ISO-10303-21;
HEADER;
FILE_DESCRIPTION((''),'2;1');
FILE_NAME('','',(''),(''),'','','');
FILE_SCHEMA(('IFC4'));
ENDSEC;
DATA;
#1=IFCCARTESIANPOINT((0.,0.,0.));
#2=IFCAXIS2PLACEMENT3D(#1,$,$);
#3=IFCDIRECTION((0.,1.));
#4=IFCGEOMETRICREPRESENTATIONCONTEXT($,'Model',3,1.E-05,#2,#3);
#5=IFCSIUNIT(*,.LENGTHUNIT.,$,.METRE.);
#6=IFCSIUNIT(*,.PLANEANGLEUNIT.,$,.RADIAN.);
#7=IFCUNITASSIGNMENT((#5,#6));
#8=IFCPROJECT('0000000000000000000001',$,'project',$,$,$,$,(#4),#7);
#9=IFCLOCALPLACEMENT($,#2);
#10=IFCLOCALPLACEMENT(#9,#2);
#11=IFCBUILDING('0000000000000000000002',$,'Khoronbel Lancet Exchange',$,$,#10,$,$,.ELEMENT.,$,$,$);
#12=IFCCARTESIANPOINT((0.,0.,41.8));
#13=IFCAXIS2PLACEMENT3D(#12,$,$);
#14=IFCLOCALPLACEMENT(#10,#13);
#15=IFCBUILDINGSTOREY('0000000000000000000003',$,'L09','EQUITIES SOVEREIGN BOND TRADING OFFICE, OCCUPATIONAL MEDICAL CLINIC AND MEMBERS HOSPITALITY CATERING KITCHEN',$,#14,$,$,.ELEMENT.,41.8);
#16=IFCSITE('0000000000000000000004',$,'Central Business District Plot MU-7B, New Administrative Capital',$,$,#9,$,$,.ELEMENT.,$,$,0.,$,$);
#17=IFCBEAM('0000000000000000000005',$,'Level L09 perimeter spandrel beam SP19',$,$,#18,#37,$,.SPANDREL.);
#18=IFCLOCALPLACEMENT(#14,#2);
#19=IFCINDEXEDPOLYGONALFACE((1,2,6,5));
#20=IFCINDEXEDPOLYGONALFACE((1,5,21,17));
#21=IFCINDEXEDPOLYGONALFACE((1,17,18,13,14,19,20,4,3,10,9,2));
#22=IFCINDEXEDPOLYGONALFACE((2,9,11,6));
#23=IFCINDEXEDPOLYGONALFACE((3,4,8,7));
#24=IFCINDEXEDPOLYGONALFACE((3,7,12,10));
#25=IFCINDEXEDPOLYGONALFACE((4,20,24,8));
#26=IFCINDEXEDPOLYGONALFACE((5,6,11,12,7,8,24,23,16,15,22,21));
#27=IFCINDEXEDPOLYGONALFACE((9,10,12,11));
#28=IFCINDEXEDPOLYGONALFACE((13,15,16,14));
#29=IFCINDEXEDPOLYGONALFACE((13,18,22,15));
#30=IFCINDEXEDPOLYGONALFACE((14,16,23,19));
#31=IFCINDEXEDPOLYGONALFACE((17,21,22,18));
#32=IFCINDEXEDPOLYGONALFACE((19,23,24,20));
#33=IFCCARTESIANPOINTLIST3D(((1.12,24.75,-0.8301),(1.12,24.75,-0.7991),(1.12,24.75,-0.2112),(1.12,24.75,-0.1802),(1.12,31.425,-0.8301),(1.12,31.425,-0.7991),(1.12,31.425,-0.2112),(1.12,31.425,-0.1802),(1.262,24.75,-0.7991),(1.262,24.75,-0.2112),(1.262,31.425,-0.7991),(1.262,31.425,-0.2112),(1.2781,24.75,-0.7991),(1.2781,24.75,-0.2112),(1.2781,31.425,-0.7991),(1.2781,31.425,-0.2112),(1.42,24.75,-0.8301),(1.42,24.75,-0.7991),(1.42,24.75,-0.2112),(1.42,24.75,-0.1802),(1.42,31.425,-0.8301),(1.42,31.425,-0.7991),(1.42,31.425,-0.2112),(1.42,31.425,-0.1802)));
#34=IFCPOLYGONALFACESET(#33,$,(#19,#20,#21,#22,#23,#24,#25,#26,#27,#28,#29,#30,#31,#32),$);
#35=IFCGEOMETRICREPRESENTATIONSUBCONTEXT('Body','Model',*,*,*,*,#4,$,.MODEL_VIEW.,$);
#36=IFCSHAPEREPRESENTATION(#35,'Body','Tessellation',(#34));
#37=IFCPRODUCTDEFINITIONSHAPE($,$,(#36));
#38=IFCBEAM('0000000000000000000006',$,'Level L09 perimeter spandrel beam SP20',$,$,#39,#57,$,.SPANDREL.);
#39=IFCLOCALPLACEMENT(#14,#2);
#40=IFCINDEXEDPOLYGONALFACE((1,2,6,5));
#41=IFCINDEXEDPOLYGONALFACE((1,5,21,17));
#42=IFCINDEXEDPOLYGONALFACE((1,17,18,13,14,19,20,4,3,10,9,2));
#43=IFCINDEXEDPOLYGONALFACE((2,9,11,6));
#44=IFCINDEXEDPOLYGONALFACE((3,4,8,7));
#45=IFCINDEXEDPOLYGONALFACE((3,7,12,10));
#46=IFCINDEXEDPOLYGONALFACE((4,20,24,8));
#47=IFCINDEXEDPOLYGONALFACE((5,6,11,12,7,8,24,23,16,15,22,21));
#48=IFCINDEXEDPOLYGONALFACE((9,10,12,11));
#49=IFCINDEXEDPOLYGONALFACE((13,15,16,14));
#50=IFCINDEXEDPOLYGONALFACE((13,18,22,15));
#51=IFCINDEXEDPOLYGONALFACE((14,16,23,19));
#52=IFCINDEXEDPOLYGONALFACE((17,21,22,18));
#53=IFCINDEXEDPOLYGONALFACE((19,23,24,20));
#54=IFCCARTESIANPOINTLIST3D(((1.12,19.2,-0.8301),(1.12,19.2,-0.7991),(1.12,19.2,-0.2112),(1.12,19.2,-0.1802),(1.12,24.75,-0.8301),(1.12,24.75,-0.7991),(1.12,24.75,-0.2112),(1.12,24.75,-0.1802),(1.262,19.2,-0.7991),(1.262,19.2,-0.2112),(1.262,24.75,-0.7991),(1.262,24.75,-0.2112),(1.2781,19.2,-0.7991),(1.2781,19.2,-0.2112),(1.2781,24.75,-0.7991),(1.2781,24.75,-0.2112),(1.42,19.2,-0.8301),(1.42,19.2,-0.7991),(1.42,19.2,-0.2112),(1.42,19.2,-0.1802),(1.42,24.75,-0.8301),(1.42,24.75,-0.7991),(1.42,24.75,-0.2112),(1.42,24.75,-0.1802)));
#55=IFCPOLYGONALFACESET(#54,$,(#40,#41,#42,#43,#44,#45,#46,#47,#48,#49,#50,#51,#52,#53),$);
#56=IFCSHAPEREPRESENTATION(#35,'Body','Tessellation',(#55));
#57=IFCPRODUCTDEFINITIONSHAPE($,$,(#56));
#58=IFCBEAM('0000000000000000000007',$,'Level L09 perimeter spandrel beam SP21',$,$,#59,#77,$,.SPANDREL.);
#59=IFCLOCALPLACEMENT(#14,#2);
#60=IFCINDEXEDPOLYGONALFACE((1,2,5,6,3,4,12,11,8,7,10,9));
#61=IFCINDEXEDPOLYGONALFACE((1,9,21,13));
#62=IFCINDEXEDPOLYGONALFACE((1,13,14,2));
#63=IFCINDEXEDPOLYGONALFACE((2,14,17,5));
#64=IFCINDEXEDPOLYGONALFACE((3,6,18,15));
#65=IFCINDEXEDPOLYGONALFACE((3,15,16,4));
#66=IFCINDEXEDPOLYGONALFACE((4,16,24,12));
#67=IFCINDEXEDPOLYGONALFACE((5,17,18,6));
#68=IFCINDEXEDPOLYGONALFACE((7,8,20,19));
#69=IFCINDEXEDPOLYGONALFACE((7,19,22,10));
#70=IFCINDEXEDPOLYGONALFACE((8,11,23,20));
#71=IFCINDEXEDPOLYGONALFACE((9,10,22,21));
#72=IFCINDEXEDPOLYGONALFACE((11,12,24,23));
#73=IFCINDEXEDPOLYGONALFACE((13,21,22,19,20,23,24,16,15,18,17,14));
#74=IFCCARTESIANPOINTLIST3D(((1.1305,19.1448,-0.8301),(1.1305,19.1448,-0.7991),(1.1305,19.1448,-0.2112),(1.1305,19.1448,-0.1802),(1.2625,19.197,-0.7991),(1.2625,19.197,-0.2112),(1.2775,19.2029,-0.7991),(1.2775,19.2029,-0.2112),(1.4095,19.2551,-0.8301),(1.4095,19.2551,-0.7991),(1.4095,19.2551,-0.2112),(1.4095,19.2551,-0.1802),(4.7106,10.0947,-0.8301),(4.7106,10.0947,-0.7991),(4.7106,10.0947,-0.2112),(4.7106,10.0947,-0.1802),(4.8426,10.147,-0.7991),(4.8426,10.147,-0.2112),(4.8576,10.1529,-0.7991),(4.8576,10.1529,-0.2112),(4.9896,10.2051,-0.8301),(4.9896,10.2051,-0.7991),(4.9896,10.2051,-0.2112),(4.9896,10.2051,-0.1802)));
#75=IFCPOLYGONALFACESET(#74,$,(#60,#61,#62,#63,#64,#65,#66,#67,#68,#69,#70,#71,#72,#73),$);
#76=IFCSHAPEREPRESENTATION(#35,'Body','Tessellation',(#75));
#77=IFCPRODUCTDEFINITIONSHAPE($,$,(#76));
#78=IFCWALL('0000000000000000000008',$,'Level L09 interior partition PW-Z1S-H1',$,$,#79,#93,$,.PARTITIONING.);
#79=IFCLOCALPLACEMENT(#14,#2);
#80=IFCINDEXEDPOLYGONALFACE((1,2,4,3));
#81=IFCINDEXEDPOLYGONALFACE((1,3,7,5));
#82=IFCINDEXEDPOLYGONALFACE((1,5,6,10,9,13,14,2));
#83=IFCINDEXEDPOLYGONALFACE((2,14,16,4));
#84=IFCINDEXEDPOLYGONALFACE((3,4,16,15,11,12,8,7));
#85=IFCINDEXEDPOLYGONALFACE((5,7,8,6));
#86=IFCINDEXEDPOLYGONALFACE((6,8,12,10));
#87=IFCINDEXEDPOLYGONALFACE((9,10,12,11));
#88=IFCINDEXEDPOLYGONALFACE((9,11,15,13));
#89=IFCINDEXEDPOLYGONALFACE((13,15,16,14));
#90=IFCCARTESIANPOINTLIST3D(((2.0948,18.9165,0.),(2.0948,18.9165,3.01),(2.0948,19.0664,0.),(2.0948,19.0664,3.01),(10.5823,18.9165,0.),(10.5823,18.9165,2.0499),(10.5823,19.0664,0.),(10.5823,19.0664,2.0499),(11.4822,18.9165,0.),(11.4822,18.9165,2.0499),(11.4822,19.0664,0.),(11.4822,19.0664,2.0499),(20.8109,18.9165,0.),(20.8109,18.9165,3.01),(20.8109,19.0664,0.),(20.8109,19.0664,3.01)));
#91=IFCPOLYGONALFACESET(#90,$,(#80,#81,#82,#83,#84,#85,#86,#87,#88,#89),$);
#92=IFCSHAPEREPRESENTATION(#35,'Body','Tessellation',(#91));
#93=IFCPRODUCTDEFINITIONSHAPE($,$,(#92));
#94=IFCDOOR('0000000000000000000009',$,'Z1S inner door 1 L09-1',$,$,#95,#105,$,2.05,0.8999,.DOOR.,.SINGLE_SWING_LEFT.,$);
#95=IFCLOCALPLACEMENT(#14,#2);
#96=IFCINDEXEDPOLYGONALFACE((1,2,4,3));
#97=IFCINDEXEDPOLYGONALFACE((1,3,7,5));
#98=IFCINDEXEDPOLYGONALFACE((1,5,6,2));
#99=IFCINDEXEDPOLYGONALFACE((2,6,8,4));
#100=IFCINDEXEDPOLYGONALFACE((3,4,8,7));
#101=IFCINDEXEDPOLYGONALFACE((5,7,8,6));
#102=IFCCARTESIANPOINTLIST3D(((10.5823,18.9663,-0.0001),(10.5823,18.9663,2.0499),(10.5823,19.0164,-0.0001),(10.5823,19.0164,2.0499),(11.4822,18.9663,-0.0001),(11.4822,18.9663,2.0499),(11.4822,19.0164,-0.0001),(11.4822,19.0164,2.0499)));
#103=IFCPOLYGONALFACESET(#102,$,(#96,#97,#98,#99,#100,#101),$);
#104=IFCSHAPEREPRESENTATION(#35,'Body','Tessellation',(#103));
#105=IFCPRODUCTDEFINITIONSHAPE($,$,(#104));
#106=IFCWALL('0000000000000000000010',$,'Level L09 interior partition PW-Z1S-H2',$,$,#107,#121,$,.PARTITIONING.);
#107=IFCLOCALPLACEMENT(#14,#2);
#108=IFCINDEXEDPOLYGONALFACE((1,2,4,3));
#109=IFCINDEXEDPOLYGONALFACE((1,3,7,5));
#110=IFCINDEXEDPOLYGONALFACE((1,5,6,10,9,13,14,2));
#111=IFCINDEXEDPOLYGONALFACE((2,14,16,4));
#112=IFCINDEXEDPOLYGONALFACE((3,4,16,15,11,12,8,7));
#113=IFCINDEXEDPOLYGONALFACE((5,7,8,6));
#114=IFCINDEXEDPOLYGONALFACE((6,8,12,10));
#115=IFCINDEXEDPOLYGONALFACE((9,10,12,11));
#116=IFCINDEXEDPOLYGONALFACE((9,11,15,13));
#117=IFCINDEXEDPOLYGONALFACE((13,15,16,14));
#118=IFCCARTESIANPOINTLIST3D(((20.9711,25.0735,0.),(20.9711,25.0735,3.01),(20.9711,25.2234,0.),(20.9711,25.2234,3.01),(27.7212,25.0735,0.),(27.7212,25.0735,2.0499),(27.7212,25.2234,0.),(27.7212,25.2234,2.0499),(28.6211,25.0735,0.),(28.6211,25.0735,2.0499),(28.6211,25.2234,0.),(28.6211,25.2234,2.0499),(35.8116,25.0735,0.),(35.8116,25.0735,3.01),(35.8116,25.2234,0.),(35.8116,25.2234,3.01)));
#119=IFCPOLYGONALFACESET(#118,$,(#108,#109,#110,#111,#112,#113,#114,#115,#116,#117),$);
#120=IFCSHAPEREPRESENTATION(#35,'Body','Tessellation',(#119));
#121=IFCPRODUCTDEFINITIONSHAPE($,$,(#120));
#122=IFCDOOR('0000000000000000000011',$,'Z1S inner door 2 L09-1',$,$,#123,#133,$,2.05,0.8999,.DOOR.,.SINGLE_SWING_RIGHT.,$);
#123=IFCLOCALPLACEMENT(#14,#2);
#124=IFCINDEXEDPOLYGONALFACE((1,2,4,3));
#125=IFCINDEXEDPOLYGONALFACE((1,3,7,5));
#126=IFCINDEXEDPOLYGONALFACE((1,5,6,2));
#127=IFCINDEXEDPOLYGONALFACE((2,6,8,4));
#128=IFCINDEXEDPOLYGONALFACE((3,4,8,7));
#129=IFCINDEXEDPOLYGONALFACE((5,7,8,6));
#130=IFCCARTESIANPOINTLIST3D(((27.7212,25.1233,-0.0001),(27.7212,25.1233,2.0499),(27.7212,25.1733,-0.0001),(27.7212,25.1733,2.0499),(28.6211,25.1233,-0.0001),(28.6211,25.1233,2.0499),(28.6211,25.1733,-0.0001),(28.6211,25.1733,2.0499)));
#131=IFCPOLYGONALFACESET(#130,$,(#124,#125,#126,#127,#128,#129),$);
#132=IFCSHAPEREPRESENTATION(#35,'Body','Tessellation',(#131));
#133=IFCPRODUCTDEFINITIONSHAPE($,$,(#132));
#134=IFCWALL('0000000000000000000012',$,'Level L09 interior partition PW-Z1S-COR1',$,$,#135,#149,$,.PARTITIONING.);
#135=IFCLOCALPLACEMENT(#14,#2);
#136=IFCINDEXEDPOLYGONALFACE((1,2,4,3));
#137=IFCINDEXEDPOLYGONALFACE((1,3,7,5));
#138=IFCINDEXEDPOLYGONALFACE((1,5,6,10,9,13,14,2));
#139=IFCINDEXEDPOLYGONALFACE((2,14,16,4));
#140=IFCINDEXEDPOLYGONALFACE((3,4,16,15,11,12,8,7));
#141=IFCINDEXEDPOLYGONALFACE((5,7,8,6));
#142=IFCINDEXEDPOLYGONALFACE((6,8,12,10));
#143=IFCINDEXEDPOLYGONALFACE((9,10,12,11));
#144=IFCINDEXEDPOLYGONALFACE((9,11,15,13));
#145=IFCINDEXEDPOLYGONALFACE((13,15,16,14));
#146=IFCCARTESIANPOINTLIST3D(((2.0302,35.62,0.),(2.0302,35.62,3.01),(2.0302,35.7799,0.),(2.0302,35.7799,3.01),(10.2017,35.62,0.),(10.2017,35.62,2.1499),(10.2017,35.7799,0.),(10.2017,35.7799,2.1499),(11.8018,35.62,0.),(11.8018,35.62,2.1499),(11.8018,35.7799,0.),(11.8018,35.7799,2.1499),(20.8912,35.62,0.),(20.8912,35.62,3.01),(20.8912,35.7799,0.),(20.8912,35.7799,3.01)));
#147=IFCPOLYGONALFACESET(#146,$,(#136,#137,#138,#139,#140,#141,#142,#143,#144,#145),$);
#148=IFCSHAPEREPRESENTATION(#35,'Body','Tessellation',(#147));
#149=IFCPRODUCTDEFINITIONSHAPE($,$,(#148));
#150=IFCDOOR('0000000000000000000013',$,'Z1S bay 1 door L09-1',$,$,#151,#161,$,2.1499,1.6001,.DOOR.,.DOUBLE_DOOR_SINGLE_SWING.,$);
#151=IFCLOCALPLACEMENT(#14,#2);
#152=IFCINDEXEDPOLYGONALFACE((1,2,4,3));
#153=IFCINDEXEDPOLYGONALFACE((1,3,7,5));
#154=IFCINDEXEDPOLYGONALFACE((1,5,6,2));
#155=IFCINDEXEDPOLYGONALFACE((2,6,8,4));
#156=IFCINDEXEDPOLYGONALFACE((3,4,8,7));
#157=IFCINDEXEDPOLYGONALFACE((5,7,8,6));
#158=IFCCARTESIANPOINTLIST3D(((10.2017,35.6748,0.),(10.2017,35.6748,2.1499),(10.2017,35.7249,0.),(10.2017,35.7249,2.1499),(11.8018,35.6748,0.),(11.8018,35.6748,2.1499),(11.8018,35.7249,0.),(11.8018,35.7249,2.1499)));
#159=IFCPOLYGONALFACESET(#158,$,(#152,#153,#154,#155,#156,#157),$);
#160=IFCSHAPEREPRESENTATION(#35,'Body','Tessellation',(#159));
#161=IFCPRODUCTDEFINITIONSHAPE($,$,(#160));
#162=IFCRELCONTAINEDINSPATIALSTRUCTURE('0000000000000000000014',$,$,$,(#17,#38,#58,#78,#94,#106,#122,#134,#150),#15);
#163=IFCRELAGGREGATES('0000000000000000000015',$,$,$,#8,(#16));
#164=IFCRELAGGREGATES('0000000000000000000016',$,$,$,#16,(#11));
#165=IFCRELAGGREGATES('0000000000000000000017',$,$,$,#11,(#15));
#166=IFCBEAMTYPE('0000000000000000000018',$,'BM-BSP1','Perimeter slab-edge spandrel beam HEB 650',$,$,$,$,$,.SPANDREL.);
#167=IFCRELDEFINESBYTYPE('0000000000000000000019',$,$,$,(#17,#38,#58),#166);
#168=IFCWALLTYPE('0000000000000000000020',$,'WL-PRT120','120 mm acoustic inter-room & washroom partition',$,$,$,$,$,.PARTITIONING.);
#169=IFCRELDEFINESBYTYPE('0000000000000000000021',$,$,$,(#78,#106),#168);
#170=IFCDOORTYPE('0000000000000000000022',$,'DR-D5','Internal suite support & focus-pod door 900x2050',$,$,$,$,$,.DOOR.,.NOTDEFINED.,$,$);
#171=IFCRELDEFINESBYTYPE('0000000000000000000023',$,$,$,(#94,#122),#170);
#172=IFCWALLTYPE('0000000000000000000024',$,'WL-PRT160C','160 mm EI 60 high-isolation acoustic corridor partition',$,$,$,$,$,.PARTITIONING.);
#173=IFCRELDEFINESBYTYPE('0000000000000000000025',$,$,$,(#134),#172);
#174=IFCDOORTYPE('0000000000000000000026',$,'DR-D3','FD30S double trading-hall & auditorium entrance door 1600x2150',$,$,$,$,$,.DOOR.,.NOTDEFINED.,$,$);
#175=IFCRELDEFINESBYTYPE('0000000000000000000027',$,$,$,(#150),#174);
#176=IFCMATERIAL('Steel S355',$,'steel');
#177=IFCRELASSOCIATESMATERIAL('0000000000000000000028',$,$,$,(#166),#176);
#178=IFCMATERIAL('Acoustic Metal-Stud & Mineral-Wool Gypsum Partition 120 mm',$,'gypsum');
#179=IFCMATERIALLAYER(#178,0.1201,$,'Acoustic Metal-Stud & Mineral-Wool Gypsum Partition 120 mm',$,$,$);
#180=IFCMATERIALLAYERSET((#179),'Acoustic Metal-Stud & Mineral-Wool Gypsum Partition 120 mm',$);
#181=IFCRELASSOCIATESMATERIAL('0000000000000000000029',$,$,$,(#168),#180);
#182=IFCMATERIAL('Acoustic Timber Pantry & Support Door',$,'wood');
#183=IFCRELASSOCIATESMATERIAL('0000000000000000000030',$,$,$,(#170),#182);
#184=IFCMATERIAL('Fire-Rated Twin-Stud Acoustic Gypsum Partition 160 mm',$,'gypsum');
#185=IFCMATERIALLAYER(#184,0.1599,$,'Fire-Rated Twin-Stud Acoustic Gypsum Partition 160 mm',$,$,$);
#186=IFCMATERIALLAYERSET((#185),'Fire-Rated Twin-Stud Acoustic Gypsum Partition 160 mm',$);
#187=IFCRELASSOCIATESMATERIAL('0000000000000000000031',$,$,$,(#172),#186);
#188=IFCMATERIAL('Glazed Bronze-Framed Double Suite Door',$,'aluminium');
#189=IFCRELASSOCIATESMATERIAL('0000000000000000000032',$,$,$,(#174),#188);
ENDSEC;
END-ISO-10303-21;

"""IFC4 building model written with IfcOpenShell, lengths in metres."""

from ifc_helpers import new_model, si_unit, direction, frame, frame_2d, origin, origin_2d, place, context, subcontext, project, spatial, rectangle, i_section, extrude, material, layer, layer_set, material_profile, profile_set, type_object, element, fill, save


model = new_model("IFC4")

# Units and contexts
model_context = context("Model", 3, precision=1e-05, world=origin(), true_north=direction((0.0, 1.0)))
body_context = subcontext(model_context, "Body", "Model", "MODEL_VIEW")
ifc_project = project(units=[si_unit("LENGTHUNIT", "METRE"), si_unit("PLANEANGLEUNIT", "RADIAN")], contexts=[model_context])

# Site, building, storey
site_placement = place(None, origin())
site = spatial("IfcSite", under=ifc_project, at=site_placement, Name="Central Business District Plot MU-7B, New Administrative Capital", CompositionType="ELEMENT", RefElevation=0.0)
building_placement = place(site_placement, origin())
building = spatial("IfcBuilding", under=site, at=building_placement, Name="Khoronbel Lancet Exchange", CompositionType="ELEMENT")
storey_placement = place(building_placement, frame((0.0, 0.0, 41.8)))
storey = spatial("IfcBuildingStorey", under=building, at=storey_placement, Name="L09", Description="EQUITIES SOVEREIGN BOND TRADING OFFICE, OCCUPATIONAL MEDICAL CLINIC AND MEMBERS HOSPITALITY CATERING KITCHEN", CompositionType="ELEMENT", Elevation=41.8)

# Shared definitions
ifc_material_1 = material(Name="Steel S355", Category="steel")

# Beams
ifc_material_profile_1 = material_profile(ifc_material_1, i_section(OverallWidth=0.3, OverallDepth=0.6499, WebThickness=0.0161, FlangeThickness=0.031, at=origin_2d()), Name="HEB 650")
ifc_profile_set_1 = profile_set([ifc_material_profile_1], Name="Steel S355")
beam_type_1 = type_object("IfcBeamType", Name="BM-BSP1", Description="Perimeter slab-edge spandrel beam HEB 650", PredefinedType="SPANDREL", material=ifc_profile_set_1)
beam_1_placement = place(storey_placement, frame((1.27, 31.425, -0.5051), z_axis=(0.0, -1.0, 0.0), x_axis=(1.0, 0.0, 0.0)))
element("IfcBeam", 1, at=beam_1_placement, inside=storey, type_object=beam_type_1, Name="Level L09 perimeter spandrel beam SP19", PredefinedType="SPANDREL", context=body_context, shape_type="SweptSolid", body=[
    extrude(i_section(OverallWidth=0.3, OverallDepth=0.6499, WebThickness=0.0161, FlangeThickness=0.031, at=origin_2d()), origin(), (0.0, 0.0, 1.0), 6.675),
])
beam_2_placement = place(storey_placement, frame((1.27, 24.75, -0.5051), z_axis=(0.0, -1.0, 0.0), x_axis=(1.0, 0.0, 0.0)))
element("IfcBeam", 2, at=beam_2_placement, inside=storey, type_object=beam_type_1, Name="Level L09 perimeter spandrel beam SP20", PredefinedType="SPANDREL", context=body_context, shape_type="SweptSolid", body=[
    extrude(i_section(OverallWidth=0.3, OverallDepth=0.6499, WebThickness=0.0161, FlangeThickness=0.031, at=origin_2d()), origin(), (0.0, 0.0, 1.0), 5.55),
])
beam_3_placement = place(storey_placement, frame((1.27, 19.2, -0.5051), z_axis=(0.36785, -0.929885, 0.0), x_axis=(0.929885, 0.36785, 0.0)))
element("IfcBeam", 3, at=beam_3_placement, inside=storey, type_object=beam_type_1, Name="Level L09 perimeter spandrel beam SP21", PredefinedType="SPANDREL", context=body_context, shape_type="SweptSolid", body=[
    extrude(i_section(OverallWidth=0.3, OverallDepth=0.6499, WebThickness=0.0161, FlangeThickness=0.031, at=origin_2d()), origin(), (0.0, 0.0, 1.0), 9.7324),
])

# Walls, openings, doors
ifc_material_2 = material(Name="Acoustic Metal-Stud & Mineral-Wool Gypsum Partition 120 mm", Category="gypsum")
ifc_layer_1 = layer(ifc_material_2, 0.1201, Name="Acoustic Metal-Stud & Mineral-Wool Gypsum Partition 120 mm")
ifc_layer_set_1 = layer_set([ifc_layer_1], Name="Acoustic Metal-Stud & Mineral-Wool Gypsum Partition 120 mm")
wall_type_1 = type_object("IfcWallType", Name="WL-PRT120", Description="120 mm acoustic inter-room & washroom partition", PredefinedType="PARTITIONING", material=ifc_layer_set_1)
wall_1_placement = place(storey_placement, frame((2.095, 18.9915, 0.0), z_axis=(0.0, 0.0, 1.0), x_axis=(1.0, 0.0, 0.0)))
wall_1 = element("IfcWall", 4, at=wall_1_placement, inside=storey, type_object=wall_type_1, Name="Level L09 interior partition PW-Z1S-H1", PredefinedType="PARTITIONING", context=body_context, shape_type="SweptSolid", body=[
    extrude(rectangle(XDim=18.7161, YDim=0.1499, at=frame_2d((9.3579, 0.0))), origin(), (0.0, 0.0, 1.0), 3.01),
])
opening_1_placement = place(wall_1_placement, frame((8.4873, 0.0, 0.0)))
opening_1 = element("IfcOpeningElement", 5, at=opening_1_placement, cuts=wall_1, PredefinedType="OPENING", context=body_context, shape_type="SweptSolid", body=[
    extrude(rectangle(XDim=0.8999, YDim=2.05, at=frame_2d((0.45, 1.0249))), frame((0.0, 0.085, 0.0), z_axis=(0.0, -1.0, 0.0), x_axis=(1.0, 0.0, 0.0)), (0.0, 0.0, 1.0), 0.1699),
])
ifc_material_3 = material(Name="Acoustic Timber Pantry & Support Door", Category="wood")
door_type_1 = type_object("IfcDoorType", Name="DR-D5", Description="Internal suite support & focus-pod door 900x2050", OperationType="NOTDEFINED", PredefinedType="DOOR", material=ifc_material_3)
door_1_placement = place(opening_1_placement, origin())
door_1 = element("IfcDoor", 6, at=door_1_placement, inside=storey, type_object=door_type_1, Name="Z1S inner door 1 L09-1", OperationType="SINGLE_SWING_LEFT", OverallHeight=2.05, OverallWidth=0.8999, PredefinedType="DOOR", context=body_context, shape_type="SweptSolid", body=[
    extrude(rectangle(XDim=0.8999, YDim=2.05, at=frame_2d((0.45, 1.0249))), frame((0.0, 0.0249, 0.0), z_axis=(0.0, -1.0, 0.0), x_axis=(1.0, 0.0, 0.0)), (0.0, 0.0, 1.0), 0.05),
])
fill(opening_1, door_1)
wall_2_placement = place(storey_placement, frame((20.9709, 25.1484, 0.0), z_axis=(0.0, 0.0, 1.0), x_axis=(1.0, 0.0, 0.0)))
wall_2 = element("IfcWall", 7, at=wall_2_placement, inside=storey, type_object=wall_type_1, Name="Level L09 interior partition PW-Z1S-H2", PredefinedType="PARTITIONING", context=body_context, shape_type="SweptSolid", body=[
    extrude(rectangle(XDim=14.8406, YDim=0.1499, at=frame_2d((7.4204, 0.0))), origin(), (0.0, 0.0, 1.0), 3.01),
])
opening_2_placement = place(wall_2_placement, frame((6.7502, 0.0, 0.0)))
opening_2 = element("IfcOpeningElement", 8, at=opening_2_placement, cuts=wall_2, PredefinedType="OPENING", context=body_context, shape_type="SweptSolid", body=[
    extrude(rectangle(XDim=0.8999, YDim=2.05, at=frame_2d((0.45, 1.0249))), frame((0.0, 0.085, 0.0), z_axis=(0.0, -1.0, 0.0), x_axis=(1.0, 0.0, 0.0)), (0.0, 0.0, 1.0), 0.1699),
])
door_2_placement = place(opening_2_placement, origin())
door_2 = element("IfcDoor", 9, at=door_2_placement, inside=storey, type_object=door_type_1, Name="Z1S inner door 2 L09-1", OperationType="SINGLE_SWING_RIGHT", OverallHeight=2.05, OverallWidth=0.8999, PredefinedType="DOOR", context=body_context, shape_type="SweptSolid", body=[
    extrude(rectangle(XDim=0.8999, YDim=2.05, at=frame_2d((0.45, 1.0249))), frame((0.0, 0.0249, 0.0), z_axis=(0.0, -1.0, 0.0), x_axis=(1.0, 0.0, 0.0)), (0.0, 0.0, 1.0), 0.05),
])
fill(opening_2, door_2)
ifc_material_4 = material(Name="Fire-Rated Twin-Stud Acoustic Gypsum Partition 160 mm", Category="gypsum")
ifc_layer_2 = layer(ifc_material_4, 0.1599, Name="Fire-Rated Twin-Stud Acoustic Gypsum Partition 160 mm")
ifc_layer_set_2 = layer_set([ifc_layer_2], Name="Fire-Rated Twin-Stud Acoustic Gypsum Partition 160 mm")
wall_type_2 = type_object("IfcWallType", Name="WL-PRT160C", Description="160 mm EI 60 high-isolation acoustic corridor partition", PredefinedType="PARTITIONING", material=ifc_layer_set_2)
wall_3_placement = place(storey_placement, frame((2.03, 35.7, 0.0), z_axis=(0.0, 0.0, 1.0), x_axis=(1.0, 0.0, 0.0)))
wall_3 = element("IfcWall", 10, at=wall_3_placement, inside=storey, type_object=wall_type_2, Name="Level L09 interior partition PW-Z1S-COR1", PredefinedType="PARTITIONING", context=body_context, shape_type="SweptSolid", body=[
    extrude(rectangle(XDim=18.8611, YDim=0.1599, at=frame_2d((9.4307, 0.0))), origin(), (0.0, 0.0, 1.0), 3.01),
])
opening_3_placement = place(wall_3_placement, frame((8.1716, 0.0, 0.0)))
opening_3 = element("IfcOpeningElement", 11, at=opening_3_placement, cuts=wall_3, PredefinedType="OPENING", context=body_context, shape_type="SweptSolid", body=[
    extrude(rectangle(XDim=1.6001, YDim=2.1499, at=frame_2d((0.8, 1.075))), frame((0.0, 0.0898, 0.0), z_axis=(0.0, -1.0, 0.0), x_axis=(1.0, 0.0, 0.0)), (0.0, 0.0, 1.0), 0.1799),
])
ifc_material_5 = material(Name="Glazed Bronze-Framed Double Suite Door", Category="aluminium")
door_type_2 = type_object("IfcDoorType", Name="DR-D3", Description="FD30S double trading-hall & auditorium entrance door 1600x2150", OperationType="NOTDEFINED", PredefinedType="DOOR", material=ifc_material_5)
door_3_placement = place(opening_3_placement, origin())
door_3 = element("IfcDoor", 12, at=door_3_placement, inside=storey, type_object=door_type_2, Name="Z1S bay 1 door L09-1", OperationType="DOUBLE_DOOR_SINGLE_SWING", OverallHeight=2.1499, OverallWidth=1.6001, PredefinedType="DOOR", context=body_context, shape_type="SweptSolid", body=[
    extrude(rectangle(XDim=1.6001, YDim=2.1499, at=frame_2d((0.8, 1.075))), frame((0.0, 0.0249, 0.0), z_axis=(0.0, -1.0, 0.0), x_axis=(1.0, 0.0, 0.0)), (0.0, 0.0, 1.0), 0.05),
])
fill(opening_3, door_3)

save(model, "model.ifc")
